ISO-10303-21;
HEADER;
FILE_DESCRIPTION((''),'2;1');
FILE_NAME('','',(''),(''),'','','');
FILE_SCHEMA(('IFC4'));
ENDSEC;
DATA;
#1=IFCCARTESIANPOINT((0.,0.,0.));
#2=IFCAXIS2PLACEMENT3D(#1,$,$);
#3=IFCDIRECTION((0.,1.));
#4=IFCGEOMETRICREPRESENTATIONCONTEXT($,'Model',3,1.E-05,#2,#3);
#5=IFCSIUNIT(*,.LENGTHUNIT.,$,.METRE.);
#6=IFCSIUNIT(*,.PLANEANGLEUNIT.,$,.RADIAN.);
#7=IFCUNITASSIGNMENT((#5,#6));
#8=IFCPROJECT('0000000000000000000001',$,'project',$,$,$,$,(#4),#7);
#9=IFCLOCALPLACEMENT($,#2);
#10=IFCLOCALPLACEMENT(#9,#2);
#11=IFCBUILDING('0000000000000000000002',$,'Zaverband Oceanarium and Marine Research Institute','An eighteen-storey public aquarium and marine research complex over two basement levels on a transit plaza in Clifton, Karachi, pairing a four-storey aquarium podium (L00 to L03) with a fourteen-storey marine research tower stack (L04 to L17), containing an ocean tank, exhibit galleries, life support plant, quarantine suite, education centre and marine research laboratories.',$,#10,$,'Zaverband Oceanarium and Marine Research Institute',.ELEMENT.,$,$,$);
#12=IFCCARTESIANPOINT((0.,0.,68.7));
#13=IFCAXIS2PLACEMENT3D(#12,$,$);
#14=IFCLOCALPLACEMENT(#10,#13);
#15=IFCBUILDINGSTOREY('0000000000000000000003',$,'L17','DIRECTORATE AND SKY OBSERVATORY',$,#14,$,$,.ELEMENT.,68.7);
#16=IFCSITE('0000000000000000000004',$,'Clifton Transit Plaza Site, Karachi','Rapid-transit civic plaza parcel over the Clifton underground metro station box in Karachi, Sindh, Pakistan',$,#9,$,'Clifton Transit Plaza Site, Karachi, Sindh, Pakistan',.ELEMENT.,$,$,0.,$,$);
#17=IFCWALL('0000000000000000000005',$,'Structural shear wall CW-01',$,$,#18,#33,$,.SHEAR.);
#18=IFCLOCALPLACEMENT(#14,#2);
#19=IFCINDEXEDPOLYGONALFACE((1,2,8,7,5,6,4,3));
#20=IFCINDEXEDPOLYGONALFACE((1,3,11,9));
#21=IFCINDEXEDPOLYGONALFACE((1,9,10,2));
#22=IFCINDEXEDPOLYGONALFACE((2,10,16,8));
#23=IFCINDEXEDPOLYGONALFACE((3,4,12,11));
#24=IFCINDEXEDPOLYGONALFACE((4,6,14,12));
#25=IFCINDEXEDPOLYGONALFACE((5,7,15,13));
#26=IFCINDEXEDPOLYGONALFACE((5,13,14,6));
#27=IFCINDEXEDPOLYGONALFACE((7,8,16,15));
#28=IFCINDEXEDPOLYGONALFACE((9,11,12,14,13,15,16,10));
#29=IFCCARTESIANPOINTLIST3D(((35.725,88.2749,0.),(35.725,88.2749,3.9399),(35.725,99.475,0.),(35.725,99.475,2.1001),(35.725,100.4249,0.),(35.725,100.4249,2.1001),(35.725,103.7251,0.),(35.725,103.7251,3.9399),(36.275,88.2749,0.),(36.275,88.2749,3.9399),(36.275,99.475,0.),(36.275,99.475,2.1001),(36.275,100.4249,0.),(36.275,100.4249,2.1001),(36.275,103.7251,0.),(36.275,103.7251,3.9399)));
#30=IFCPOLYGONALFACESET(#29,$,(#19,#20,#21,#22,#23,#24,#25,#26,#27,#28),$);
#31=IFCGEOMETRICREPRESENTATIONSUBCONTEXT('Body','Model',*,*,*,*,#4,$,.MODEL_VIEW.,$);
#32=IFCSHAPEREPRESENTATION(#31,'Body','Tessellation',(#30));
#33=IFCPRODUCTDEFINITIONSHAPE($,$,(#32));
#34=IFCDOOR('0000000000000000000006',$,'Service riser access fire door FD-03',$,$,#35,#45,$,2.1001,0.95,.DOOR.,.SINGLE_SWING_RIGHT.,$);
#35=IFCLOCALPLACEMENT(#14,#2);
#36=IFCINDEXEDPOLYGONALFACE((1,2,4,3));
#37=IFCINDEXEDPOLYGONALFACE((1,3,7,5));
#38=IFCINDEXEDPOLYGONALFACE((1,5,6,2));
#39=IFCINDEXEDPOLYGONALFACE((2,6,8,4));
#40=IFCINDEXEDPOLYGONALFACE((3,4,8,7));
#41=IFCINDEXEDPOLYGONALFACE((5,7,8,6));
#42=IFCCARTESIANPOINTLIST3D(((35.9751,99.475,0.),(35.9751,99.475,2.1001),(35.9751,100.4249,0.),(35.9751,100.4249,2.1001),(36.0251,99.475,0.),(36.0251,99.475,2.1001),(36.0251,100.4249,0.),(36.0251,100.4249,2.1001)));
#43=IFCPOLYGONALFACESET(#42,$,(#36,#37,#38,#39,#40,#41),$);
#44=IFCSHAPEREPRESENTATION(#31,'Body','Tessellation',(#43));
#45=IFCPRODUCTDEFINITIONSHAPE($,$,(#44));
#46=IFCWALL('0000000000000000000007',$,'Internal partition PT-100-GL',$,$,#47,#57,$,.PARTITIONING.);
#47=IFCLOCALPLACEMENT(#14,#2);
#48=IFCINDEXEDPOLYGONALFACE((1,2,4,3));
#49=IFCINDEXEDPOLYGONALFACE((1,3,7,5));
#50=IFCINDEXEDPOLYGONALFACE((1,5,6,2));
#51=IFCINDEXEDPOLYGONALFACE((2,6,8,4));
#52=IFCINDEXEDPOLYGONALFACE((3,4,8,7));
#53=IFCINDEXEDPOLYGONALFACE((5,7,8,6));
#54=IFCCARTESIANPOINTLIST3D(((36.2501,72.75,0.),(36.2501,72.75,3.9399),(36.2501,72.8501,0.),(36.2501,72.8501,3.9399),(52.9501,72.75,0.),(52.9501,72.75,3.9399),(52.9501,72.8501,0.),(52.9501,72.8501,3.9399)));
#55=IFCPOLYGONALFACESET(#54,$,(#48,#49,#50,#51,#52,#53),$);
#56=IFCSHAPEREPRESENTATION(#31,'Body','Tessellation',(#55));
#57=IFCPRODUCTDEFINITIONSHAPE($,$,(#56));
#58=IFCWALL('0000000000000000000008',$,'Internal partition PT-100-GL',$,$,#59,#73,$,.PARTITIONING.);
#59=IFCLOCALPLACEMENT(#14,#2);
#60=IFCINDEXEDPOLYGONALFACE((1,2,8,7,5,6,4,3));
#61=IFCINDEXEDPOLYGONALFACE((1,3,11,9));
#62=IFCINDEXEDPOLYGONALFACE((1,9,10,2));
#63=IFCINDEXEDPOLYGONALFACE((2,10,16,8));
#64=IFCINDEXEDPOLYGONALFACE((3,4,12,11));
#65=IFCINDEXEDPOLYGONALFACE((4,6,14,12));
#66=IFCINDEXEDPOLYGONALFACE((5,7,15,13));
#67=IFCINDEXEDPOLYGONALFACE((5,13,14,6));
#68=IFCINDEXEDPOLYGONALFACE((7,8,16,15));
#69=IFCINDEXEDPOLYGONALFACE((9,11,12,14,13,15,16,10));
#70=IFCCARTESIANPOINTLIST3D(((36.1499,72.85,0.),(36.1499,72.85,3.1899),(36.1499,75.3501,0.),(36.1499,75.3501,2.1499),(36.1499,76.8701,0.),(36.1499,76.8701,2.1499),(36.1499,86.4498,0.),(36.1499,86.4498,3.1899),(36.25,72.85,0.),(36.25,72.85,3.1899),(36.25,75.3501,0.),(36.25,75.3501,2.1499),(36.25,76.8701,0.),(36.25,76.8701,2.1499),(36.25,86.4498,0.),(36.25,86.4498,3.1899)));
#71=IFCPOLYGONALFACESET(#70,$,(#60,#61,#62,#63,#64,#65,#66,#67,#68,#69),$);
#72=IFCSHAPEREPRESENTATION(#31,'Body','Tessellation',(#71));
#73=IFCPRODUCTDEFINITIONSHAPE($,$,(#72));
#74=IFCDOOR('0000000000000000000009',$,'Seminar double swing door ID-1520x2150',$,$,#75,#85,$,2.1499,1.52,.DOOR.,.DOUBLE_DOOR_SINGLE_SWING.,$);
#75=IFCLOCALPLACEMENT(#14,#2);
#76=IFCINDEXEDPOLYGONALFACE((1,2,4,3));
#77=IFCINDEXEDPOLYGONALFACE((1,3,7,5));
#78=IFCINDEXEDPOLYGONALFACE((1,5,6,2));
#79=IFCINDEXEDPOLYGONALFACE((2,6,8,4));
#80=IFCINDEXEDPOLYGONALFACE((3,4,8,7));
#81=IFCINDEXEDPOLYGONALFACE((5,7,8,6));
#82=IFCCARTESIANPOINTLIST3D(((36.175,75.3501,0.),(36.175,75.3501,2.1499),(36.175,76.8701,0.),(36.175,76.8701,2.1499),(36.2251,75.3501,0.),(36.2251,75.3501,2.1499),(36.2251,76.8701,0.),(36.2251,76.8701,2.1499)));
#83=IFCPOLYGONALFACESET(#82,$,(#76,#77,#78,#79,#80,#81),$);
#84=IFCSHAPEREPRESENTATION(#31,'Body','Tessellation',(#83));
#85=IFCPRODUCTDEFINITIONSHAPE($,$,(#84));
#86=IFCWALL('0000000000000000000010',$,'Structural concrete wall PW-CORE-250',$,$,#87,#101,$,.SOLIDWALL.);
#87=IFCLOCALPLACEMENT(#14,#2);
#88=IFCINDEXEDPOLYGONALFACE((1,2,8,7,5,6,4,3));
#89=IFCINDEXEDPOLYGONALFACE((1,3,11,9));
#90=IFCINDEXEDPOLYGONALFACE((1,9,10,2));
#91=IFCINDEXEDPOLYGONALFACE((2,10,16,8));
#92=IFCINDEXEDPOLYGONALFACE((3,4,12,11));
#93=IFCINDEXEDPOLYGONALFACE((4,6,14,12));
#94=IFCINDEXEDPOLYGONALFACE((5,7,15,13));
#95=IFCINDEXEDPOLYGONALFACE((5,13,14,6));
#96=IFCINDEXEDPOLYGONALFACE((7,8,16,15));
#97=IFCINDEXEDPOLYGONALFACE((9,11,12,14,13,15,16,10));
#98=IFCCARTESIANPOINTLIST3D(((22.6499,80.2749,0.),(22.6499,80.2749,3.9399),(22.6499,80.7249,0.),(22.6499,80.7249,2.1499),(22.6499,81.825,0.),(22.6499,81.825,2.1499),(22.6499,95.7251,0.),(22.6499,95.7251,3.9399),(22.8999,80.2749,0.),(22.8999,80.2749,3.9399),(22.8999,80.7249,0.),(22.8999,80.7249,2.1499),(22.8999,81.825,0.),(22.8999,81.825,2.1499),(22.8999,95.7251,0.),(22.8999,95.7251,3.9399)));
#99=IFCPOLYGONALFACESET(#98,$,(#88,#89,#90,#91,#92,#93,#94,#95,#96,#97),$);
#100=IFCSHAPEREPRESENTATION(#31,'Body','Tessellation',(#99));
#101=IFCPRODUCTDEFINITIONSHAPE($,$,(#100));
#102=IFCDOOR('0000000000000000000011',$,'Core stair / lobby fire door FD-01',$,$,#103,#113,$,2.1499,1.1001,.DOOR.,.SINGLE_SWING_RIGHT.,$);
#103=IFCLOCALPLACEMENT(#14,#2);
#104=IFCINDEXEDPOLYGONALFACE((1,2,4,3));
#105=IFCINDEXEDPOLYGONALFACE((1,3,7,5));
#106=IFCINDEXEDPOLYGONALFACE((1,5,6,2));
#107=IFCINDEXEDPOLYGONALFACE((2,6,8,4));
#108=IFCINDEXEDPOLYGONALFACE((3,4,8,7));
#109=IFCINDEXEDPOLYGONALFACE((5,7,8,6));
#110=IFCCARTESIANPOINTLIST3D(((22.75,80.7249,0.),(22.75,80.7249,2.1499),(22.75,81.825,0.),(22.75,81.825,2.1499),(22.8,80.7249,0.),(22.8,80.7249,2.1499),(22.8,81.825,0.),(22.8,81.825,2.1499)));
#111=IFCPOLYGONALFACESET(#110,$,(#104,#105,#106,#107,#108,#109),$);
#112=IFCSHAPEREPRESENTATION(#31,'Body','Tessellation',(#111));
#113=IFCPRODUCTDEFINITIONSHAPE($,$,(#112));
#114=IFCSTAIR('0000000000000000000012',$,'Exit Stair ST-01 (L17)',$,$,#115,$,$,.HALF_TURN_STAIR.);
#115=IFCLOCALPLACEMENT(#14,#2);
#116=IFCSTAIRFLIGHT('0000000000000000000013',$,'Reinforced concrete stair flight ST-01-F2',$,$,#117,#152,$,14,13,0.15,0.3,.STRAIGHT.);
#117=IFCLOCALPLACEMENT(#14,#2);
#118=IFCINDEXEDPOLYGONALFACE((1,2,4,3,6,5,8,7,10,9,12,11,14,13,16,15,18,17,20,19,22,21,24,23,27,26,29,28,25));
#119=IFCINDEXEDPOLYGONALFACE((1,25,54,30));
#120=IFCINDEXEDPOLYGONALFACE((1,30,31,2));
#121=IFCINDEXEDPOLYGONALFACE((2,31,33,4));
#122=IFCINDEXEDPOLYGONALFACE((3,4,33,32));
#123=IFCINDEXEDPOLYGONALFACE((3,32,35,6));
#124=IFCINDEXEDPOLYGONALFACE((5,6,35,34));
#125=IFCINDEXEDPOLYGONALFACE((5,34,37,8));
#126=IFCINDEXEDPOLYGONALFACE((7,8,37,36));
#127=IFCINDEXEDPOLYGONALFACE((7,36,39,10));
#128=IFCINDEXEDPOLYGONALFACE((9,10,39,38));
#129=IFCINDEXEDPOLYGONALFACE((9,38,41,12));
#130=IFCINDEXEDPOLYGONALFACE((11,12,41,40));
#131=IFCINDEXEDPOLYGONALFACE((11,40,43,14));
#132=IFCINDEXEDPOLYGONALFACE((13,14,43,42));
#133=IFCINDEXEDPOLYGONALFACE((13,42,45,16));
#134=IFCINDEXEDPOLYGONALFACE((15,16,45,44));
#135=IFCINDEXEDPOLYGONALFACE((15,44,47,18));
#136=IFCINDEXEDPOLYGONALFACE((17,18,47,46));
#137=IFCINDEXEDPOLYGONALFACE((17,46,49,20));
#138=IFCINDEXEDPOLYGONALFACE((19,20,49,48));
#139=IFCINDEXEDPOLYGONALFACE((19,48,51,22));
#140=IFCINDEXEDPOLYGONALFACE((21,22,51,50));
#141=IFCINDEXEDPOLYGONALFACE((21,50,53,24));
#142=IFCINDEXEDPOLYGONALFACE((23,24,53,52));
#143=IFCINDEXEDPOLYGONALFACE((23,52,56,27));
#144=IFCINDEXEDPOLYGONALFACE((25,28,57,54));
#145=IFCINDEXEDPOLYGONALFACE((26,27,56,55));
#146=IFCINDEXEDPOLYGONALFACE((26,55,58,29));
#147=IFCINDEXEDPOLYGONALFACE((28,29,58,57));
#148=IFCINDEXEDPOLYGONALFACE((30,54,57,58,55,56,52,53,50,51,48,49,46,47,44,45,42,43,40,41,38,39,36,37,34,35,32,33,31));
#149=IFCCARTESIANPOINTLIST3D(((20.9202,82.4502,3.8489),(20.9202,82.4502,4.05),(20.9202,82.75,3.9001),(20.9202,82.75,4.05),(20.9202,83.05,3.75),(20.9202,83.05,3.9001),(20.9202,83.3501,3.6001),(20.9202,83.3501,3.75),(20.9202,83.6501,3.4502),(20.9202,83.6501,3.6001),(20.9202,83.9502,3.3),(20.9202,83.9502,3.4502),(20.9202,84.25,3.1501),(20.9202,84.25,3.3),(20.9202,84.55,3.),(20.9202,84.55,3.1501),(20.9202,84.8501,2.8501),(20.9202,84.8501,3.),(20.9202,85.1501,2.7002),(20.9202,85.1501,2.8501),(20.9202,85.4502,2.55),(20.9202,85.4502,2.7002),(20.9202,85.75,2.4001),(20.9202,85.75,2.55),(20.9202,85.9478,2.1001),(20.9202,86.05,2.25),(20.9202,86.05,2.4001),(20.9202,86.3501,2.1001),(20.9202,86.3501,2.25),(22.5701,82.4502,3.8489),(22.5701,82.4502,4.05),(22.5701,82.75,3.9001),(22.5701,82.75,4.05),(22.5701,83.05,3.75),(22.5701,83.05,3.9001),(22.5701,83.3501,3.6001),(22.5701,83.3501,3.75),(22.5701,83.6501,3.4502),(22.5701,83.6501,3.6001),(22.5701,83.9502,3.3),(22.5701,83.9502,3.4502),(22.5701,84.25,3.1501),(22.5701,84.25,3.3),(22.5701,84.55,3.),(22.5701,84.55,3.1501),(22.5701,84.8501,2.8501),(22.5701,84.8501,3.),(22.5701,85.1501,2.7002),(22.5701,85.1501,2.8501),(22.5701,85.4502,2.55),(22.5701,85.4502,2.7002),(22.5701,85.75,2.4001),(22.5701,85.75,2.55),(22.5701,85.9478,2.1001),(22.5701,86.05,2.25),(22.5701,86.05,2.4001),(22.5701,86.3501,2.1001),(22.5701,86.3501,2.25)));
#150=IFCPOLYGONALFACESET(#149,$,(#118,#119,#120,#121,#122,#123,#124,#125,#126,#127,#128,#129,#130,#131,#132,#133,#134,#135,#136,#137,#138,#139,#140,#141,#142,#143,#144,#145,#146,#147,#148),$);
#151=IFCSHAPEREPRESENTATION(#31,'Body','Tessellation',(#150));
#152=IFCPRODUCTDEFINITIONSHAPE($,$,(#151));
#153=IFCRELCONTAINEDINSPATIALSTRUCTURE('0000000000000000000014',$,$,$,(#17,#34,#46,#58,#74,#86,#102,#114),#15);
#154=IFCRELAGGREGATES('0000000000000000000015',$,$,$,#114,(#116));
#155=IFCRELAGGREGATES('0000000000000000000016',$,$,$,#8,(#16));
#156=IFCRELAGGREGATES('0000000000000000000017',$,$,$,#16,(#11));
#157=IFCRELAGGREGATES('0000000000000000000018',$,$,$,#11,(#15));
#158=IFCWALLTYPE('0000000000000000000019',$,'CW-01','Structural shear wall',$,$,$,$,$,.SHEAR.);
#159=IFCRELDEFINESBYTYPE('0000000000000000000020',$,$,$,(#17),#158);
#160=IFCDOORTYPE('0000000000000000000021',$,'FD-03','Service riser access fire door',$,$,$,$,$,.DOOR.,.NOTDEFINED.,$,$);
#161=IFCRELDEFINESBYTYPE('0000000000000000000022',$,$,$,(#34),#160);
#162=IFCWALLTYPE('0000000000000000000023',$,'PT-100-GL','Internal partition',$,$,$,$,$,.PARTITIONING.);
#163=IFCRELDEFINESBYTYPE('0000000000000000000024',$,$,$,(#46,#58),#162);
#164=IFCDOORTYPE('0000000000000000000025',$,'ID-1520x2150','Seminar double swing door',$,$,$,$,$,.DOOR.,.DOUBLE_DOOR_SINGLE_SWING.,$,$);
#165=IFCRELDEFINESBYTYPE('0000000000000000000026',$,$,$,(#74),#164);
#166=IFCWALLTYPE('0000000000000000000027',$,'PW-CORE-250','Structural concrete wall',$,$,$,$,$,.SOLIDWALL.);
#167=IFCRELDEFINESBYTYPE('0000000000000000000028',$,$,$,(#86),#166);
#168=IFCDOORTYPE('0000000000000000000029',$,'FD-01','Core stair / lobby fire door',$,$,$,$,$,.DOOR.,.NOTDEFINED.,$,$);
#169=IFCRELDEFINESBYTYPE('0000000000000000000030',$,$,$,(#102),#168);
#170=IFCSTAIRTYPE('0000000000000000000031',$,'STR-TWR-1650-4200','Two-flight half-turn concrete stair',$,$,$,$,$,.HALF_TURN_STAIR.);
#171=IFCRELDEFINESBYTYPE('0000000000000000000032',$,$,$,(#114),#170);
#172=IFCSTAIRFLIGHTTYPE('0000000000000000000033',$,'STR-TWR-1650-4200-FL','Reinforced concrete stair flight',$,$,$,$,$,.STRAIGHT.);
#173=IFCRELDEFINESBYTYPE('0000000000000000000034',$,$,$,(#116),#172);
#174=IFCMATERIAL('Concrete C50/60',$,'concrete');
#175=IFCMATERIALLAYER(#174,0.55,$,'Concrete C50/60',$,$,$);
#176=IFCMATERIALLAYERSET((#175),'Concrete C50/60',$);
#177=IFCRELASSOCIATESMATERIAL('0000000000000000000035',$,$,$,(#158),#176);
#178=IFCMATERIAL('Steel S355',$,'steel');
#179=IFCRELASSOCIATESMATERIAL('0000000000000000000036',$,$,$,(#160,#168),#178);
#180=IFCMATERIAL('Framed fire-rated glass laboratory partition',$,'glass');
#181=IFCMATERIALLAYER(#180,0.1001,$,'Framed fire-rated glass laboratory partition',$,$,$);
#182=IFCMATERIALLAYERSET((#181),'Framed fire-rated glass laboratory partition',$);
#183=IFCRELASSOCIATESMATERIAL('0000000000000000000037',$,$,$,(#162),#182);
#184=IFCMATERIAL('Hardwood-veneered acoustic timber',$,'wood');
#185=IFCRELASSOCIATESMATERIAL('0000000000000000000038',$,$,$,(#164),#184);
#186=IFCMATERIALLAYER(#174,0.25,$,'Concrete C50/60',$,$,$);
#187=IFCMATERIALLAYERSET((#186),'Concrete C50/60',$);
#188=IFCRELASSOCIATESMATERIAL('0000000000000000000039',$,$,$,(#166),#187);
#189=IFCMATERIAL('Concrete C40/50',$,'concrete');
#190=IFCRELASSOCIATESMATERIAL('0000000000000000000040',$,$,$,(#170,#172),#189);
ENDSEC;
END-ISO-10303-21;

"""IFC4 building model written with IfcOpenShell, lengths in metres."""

from ifc_helpers import new_model, si_unit, direction, frame, frame_2d, origin, place, context, subcontext, project, spatial, polyline, rectangle, outline, extrude, material, layer, layer_set, type_object, element, fill, aggregate, save


model = new_model("IFC4")

# Units and contexts
model_context = context("Model", 3, precision=1e-05, world=origin(), true_north=direction((0.0, 1.0)))
body_context = subcontext(model_context, "Body", "Model", "MODEL_VIEW")
ifc_project = project(units=[si_unit("LENGTHUNIT", "METRE"), si_unit("PLANEANGLEUNIT", "RADIAN")], contexts=[model_context])

# Site, building, storey
site_placement = place(None, origin())
site = spatial("IfcSite", under=ifc_project, at=site_placement, Name="Clifton Transit Plaza Site, Karachi", Description="Rapid-transit civic plaza parcel over the Clifton underground metro station box in Karachi, Sindh, Pakistan", LongName="Clifton Transit Plaza Site, Karachi, Sindh, Pakistan", CompositionType="ELEMENT", RefElevation=0.0)
building_placement = place(site_placement, origin())
building = spatial("IfcBuilding", under=site, at=building_placement, Name="Zaverband Oceanarium and Marine Research Institute", Description="An eighteen-storey public aquarium and marine research complex over two basement levels on a transit plaza in Clifton, Karachi, pairing a four-storey aquarium podium (L00 to L03) with a fourteen-storey marine research tower stack (L04 to L17), containing an ocean tank, exhibit galleries, life support plant, quarantine suite, education centre and marine research laboratories.", LongName="Zaverband Oceanarium and Marine Research Institute", CompositionType="ELEMENT")
storey_placement = place(building_placement, frame((0.0, 0.0, 68.7)))
storey = spatial("IfcBuildingStorey", under=building, at=storey_placement, Name="L17", Description="DIRECTORATE AND SKY OBSERVATORY", CompositionType="ELEMENT", Elevation=68.7)

# Shared definitions
ifc_material_1 = material(Name="Concrete C50/60", Category="concrete")

# Shared definitions
ifc_material_2 = material(Name="Concrete C40/50", Category="concrete")

# Shared definitions
ifc_layer_1 = layer(ifc_material_1, 0.55, Name="Concrete C50/60")
ifc_layer_set_1 = layer_set([ifc_layer_1], Name="Concrete C50/60")
wall_type_1 = type_object("IfcWallType", Name="CW-01", Description="Structural shear wall", PredefinedType="SHEAR", material=ifc_layer_set_1)
ifc_material_3 = material(Name="Steel S355", Category="steel")

# Wall, opening, door
wall_1_placement = place(storey_placement, frame((36.0, 88.2749, 0.0), z_axis=(0.0, 0.0, 1.0), x_axis=(0.0, 1.0, 0.0)))
wall_1 = element("IfcWall", 1, at=wall_1_placement, inside=storey, type_object=wall_type_1, Name="Structural shear wall CW-01", PredefinedType="SHEAR", context=body_context, shape_type="SweptSolid", body=[
    extrude(rectangle(XDim=15.4502, YDim=0.55, at=frame_2d((7.7251, 0.0))), origin(), (0.0, 0.0, 1.0), 3.9399),
])
opening_1_placement = place(wall_1_placement, frame((11.2, 0.0, 0.0)))
opening_1 = element("IfcOpeningElement", 2, at=opening_1_placement, cuts=wall_1, PredefinedType="OPENING", context=body_context, shape_type="SweptSolid", body=[
    extrude(rectangle(XDim=0.95, YDim=2.1001, at=frame_2d((0.4751, 1.05))), frame((0.0, 0.2871, 0.0), z_axis=(0.0, -1.0, 0.0), x_axis=(1.0, 0.0, 0.0)), (0.0, 0.0, 1.0), 0.574),
])
door_type_1 = type_object("IfcDoorType", Name="FD-03", Description="Service riser access fire door", OperationType="NOTDEFINED", PredefinedType="DOOR", material=ifc_material_3)
door_1_placement = place(opening_1_placement, origin())
door_1 = element("IfcDoor", 3, at=door_1_placement, inside=storey, type_object=door_type_1, Name="Service riser access fire door FD-03", OperationType="SINGLE_SWING_RIGHT", OverallHeight=2.1001, OverallWidth=0.95, PredefinedType="DOOR", context=body_context, shape_type="SweptSolid", body=[
    extrude(rectangle(XDim=0.95, YDim=2.1001, at=frame_2d((0.4751, 1.05))), frame((0.0, 0.0249, 0.0), z_axis=(0.0, -1.0, 0.0), x_axis=(1.0, 0.0, 0.0)), (0.0, 0.0, 1.0), 0.05),
])
fill(opening_1, door_1)

# Wall
ifc_material_4 = material(Name="Framed fire-rated glass laboratory partition", Category="glass")
ifc_layer_2 = layer(ifc_material_4, 0.1001, Name="Framed fire-rated glass laboratory partition")
ifc_layer_set_2 = layer_set([ifc_layer_2], Name="Framed fire-rated glass laboratory partition")
wall_type_2 = type_object("IfcWallType", Name="PT-100-GL", Description="Internal partition", PredefinedType="PARTITIONING", material=ifc_layer_set_2)
wall_2_placement = place(storey_placement, frame((36.25, 72.8, 0.0), z_axis=(0.0, 0.0, 1.0), x_axis=(1.0, 0.0, 0.0)))
element("IfcWall", 4, at=wall_2_placement, inside=storey, type_object=wall_type_2, Name="Internal partition PT-100-GL", PredefinedType="PARTITIONING", context=body_context, shape_type="SweptSolid", body=[
    extrude(rectangle(XDim=16.7, YDim=0.1001, at=frame_2d((8.3501, 0.0))), origin(), (0.0, 0.0, 1.0), 3.9399),
])

# Walls, openings, doors
wall_3_placement = place(storey_placement, frame((36.2, 72.8501, 0.0), z_axis=(0.0, 0.0, 1.0), x_axis=(0.0, 1.0, 0.0)))
wall_3 = element("IfcWall", 5, at=wall_3_placement, inside=storey, type_object=wall_type_2, Name="Internal partition PT-100-GL", PredefinedType="PARTITIONING", context=body_context, shape_type="SweptSolid", body=[
    extrude(rectangle(XDim=13.5999, YDim=0.1001, at=frame_2d((6.7998, 0.0))), origin(), (0.0, 0.0, 1.0), 3.1899),
])
opening_2_placement = place(wall_3_placement, frame((2.5, 0.0, 0.0)))
opening_2 = element("IfcOpeningElement", 6, at=opening_2_placement, cuts=wall_3, PredefinedType="OPENING", context=body_context, shape_type="SweptSolid", body=[
    extrude(rectangle(XDim=1.52, YDim=2.1499, at=frame_2d((0.76, 1.075))), frame((0.0, 0.062, 0.0), z_axis=(0.0, -1.0, 0.0), x_axis=(1.0, 0.0, 0.0)), (0.0, 0.0, 1.0), 0.124),
])
ifc_material_5 = material(Name="Hardwood-veneered acoustic timber", Category="wood")
door_type_2 = type_object("IfcDoorType", Name="ID-1520x2150", Description="Seminar double swing door", OperationType="DOUBLE_DOOR_SINGLE_SWING", PredefinedType="DOOR", material=ifc_material_5)
door_2_placement = place(opening_2_placement, origin())
door_2 = element("IfcDoor", 7, at=door_2_placement, inside=storey, type_object=door_type_2, Name="Seminar double swing door ID-1520x2150", OperationType="DOUBLE_DOOR_SINGLE_SWING", OverallHeight=2.1499, OverallWidth=1.52, PredefinedType="DOOR", context=body_context, shape_type="SweptSolid", body=[
    extrude(rectangle(XDim=1.52, YDim=2.1499, at=frame_2d((0.76, 1.075))), frame((0.0, 0.0249, 0.0), z_axis=(0.0, -1.0, 0.0), x_axis=(1.0, 0.0, 0.0)), (0.0, 0.0, 1.0), 0.05),
])
fill(opening_2, door_2)
ifc_layer_3 = layer(ifc_material_1, 0.25, Name="Concrete C50/60")
ifc_layer_set_3 = layer_set([ifc_layer_3], Name="Concrete C50/60")
wall_type_3 = type_object("IfcWallType", Name="PW-CORE-250", Description="Structural concrete wall", PredefinedType="SOLIDWALL", material=ifc_layer_set_3)
wall_4_placement = place(storey_placement, frame((22.7749, 80.2749, 0.0), z_axis=(0.0, 0.0, 1.0), x_axis=(0.0, 1.0, 0.0)))
wall_4 = element("IfcWall", 8, at=wall_4_placement, inside=storey, type_object=wall_type_3, Name="Structural concrete wall PW-CORE-250", PredefinedType="SOLIDWALL", context=body_context, shape_type="SweptSolid", body=[
    extrude(rectangle(XDim=15.4502, YDim=0.25, at=frame_2d((7.7251, 0.0))), origin(), (0.0, 0.0, 1.0), 3.9399),
])
opening_3_placement = place(wall_4_placement, frame((0.45, 0.0, 0.0)))
opening_3 = element("IfcOpeningElement", 9, at=opening_3_placement, cuts=wall_4, PredefinedType="OPENING", context=body_context, shape_type="SweptSolid", body=[
    extrude(rectangle(XDim=1.1001, YDim=2.1499, at=frame_2d((0.55, 1.075))), frame((0.0, 0.137, 0.0), z_axis=(0.0, -1.0, 0.0), x_axis=(1.0, 0.0, 0.0)), (0.0, 0.0, 1.0), 0.2739),
])
door_type_3 = type_object("IfcDoorType", Name="FD-01", Description="Core stair / lobby fire door", OperationType="NOTDEFINED", PredefinedType="DOOR", material=ifc_material_3)
door_3_placement = place(opening_3_placement, origin())
door_3 = element("IfcDoor", 10, at=door_3_placement, inside=storey, type_object=door_type_3, Name="Core stair / lobby fire door FD-01", OperationType="SINGLE_SWING_RIGHT", OverallHeight=2.1499, OverallWidth=1.1001, PredefinedType="DOOR", context=body_context, shape_type="SweptSolid", body=[
    extrude(rectangle(XDim=1.1001, YDim=2.1499, at=frame_2d((0.55, 1.075))), frame((0.0, 0.0249, 0.0), z_axis=(0.0, -1.0, 0.0), x_axis=(1.0, 0.0, 0.0)), (0.0, 0.0, 1.0), 0.05),
])
fill(opening_3, door_3)

# Stair, stair flight
stair_type = type_object("IfcStairType", Name="STR-TWR-1650-4200", Description="Two-flight half-turn concrete stair", PredefinedType="HALF_TURN_STAIR", material=ifc_material_2)
stair_placement = place(storey_placement, origin())
stair = element("IfcStair", 11, at=stair_placement, inside=storey, type_object=stair_type, Name="Exit Stair ST-01 (L17)", PredefinedType="HALF_TURN_STAIR")
stair_flight_type = type_object("IfcStairFlightType", Name="STR-TWR-1650-4200-FL", Description="Reinforced concrete stair flight", PredefinedType="STRAIGHT", material=ifc_material_2)
stair_flight_placement = place(storey_placement, frame((21.7451, 86.3501, 2.1001), z_axis=(0.0, 0.0, 1.0), x_axis=(0.0, -1.0, 0.0)))
stair_flight = element("IfcStairFlight", 12, at=stair_flight_placement, type_object=stair_flight_type, Name="Reinforced concrete stair flight ST-01-F2", NumberOfRisers=14, NumberOfTreads=13, PredefinedType="STRAIGHT", RiserHeight=0.15, TreadLength=0.3, context=body_context, shape_type="SweptSolid", body=[
    extrude(outline(polyline([(0.0, 0.0), (0.0, 0.1499), (0.3, 0.1499), (0.3, 0.3), (0.6001, 0.3), (0.6001, 0.45), (0.8999, 0.45), (0.8999, 0.6001), (1.2, 0.6001), (1.2, 0.75), (1.5, 0.75), (1.5, 0.8999), (1.8, 0.8999), (1.8, 1.05), (2.1001, 1.05), (2.1001, 1.2), (2.3999, 1.2), (2.3999, 1.3501), (2.7, 1.3501), (2.7, 1.5), (3.0, 1.5), (3.0, 1.6499), (3.3, 1.6499), (3.3, 1.8), (3.6001, 1.8), (3.6001, 1.95), (3.8999, 1.95), (3.8999, 2.1001), (3.8999, 1.7488), (0.4023, 0.0), (0.0, 0.0)])), frame((0.0, 0.825, 0.0), z_axis=(0.0, -1.0, 0.0), x_axis=(1.0, 0.0, 0.0)), (0.0, 0.0, 1.0), 1.6499),
])
aggregate(stair, [stair_flight])

save(model, "model.ifc")
